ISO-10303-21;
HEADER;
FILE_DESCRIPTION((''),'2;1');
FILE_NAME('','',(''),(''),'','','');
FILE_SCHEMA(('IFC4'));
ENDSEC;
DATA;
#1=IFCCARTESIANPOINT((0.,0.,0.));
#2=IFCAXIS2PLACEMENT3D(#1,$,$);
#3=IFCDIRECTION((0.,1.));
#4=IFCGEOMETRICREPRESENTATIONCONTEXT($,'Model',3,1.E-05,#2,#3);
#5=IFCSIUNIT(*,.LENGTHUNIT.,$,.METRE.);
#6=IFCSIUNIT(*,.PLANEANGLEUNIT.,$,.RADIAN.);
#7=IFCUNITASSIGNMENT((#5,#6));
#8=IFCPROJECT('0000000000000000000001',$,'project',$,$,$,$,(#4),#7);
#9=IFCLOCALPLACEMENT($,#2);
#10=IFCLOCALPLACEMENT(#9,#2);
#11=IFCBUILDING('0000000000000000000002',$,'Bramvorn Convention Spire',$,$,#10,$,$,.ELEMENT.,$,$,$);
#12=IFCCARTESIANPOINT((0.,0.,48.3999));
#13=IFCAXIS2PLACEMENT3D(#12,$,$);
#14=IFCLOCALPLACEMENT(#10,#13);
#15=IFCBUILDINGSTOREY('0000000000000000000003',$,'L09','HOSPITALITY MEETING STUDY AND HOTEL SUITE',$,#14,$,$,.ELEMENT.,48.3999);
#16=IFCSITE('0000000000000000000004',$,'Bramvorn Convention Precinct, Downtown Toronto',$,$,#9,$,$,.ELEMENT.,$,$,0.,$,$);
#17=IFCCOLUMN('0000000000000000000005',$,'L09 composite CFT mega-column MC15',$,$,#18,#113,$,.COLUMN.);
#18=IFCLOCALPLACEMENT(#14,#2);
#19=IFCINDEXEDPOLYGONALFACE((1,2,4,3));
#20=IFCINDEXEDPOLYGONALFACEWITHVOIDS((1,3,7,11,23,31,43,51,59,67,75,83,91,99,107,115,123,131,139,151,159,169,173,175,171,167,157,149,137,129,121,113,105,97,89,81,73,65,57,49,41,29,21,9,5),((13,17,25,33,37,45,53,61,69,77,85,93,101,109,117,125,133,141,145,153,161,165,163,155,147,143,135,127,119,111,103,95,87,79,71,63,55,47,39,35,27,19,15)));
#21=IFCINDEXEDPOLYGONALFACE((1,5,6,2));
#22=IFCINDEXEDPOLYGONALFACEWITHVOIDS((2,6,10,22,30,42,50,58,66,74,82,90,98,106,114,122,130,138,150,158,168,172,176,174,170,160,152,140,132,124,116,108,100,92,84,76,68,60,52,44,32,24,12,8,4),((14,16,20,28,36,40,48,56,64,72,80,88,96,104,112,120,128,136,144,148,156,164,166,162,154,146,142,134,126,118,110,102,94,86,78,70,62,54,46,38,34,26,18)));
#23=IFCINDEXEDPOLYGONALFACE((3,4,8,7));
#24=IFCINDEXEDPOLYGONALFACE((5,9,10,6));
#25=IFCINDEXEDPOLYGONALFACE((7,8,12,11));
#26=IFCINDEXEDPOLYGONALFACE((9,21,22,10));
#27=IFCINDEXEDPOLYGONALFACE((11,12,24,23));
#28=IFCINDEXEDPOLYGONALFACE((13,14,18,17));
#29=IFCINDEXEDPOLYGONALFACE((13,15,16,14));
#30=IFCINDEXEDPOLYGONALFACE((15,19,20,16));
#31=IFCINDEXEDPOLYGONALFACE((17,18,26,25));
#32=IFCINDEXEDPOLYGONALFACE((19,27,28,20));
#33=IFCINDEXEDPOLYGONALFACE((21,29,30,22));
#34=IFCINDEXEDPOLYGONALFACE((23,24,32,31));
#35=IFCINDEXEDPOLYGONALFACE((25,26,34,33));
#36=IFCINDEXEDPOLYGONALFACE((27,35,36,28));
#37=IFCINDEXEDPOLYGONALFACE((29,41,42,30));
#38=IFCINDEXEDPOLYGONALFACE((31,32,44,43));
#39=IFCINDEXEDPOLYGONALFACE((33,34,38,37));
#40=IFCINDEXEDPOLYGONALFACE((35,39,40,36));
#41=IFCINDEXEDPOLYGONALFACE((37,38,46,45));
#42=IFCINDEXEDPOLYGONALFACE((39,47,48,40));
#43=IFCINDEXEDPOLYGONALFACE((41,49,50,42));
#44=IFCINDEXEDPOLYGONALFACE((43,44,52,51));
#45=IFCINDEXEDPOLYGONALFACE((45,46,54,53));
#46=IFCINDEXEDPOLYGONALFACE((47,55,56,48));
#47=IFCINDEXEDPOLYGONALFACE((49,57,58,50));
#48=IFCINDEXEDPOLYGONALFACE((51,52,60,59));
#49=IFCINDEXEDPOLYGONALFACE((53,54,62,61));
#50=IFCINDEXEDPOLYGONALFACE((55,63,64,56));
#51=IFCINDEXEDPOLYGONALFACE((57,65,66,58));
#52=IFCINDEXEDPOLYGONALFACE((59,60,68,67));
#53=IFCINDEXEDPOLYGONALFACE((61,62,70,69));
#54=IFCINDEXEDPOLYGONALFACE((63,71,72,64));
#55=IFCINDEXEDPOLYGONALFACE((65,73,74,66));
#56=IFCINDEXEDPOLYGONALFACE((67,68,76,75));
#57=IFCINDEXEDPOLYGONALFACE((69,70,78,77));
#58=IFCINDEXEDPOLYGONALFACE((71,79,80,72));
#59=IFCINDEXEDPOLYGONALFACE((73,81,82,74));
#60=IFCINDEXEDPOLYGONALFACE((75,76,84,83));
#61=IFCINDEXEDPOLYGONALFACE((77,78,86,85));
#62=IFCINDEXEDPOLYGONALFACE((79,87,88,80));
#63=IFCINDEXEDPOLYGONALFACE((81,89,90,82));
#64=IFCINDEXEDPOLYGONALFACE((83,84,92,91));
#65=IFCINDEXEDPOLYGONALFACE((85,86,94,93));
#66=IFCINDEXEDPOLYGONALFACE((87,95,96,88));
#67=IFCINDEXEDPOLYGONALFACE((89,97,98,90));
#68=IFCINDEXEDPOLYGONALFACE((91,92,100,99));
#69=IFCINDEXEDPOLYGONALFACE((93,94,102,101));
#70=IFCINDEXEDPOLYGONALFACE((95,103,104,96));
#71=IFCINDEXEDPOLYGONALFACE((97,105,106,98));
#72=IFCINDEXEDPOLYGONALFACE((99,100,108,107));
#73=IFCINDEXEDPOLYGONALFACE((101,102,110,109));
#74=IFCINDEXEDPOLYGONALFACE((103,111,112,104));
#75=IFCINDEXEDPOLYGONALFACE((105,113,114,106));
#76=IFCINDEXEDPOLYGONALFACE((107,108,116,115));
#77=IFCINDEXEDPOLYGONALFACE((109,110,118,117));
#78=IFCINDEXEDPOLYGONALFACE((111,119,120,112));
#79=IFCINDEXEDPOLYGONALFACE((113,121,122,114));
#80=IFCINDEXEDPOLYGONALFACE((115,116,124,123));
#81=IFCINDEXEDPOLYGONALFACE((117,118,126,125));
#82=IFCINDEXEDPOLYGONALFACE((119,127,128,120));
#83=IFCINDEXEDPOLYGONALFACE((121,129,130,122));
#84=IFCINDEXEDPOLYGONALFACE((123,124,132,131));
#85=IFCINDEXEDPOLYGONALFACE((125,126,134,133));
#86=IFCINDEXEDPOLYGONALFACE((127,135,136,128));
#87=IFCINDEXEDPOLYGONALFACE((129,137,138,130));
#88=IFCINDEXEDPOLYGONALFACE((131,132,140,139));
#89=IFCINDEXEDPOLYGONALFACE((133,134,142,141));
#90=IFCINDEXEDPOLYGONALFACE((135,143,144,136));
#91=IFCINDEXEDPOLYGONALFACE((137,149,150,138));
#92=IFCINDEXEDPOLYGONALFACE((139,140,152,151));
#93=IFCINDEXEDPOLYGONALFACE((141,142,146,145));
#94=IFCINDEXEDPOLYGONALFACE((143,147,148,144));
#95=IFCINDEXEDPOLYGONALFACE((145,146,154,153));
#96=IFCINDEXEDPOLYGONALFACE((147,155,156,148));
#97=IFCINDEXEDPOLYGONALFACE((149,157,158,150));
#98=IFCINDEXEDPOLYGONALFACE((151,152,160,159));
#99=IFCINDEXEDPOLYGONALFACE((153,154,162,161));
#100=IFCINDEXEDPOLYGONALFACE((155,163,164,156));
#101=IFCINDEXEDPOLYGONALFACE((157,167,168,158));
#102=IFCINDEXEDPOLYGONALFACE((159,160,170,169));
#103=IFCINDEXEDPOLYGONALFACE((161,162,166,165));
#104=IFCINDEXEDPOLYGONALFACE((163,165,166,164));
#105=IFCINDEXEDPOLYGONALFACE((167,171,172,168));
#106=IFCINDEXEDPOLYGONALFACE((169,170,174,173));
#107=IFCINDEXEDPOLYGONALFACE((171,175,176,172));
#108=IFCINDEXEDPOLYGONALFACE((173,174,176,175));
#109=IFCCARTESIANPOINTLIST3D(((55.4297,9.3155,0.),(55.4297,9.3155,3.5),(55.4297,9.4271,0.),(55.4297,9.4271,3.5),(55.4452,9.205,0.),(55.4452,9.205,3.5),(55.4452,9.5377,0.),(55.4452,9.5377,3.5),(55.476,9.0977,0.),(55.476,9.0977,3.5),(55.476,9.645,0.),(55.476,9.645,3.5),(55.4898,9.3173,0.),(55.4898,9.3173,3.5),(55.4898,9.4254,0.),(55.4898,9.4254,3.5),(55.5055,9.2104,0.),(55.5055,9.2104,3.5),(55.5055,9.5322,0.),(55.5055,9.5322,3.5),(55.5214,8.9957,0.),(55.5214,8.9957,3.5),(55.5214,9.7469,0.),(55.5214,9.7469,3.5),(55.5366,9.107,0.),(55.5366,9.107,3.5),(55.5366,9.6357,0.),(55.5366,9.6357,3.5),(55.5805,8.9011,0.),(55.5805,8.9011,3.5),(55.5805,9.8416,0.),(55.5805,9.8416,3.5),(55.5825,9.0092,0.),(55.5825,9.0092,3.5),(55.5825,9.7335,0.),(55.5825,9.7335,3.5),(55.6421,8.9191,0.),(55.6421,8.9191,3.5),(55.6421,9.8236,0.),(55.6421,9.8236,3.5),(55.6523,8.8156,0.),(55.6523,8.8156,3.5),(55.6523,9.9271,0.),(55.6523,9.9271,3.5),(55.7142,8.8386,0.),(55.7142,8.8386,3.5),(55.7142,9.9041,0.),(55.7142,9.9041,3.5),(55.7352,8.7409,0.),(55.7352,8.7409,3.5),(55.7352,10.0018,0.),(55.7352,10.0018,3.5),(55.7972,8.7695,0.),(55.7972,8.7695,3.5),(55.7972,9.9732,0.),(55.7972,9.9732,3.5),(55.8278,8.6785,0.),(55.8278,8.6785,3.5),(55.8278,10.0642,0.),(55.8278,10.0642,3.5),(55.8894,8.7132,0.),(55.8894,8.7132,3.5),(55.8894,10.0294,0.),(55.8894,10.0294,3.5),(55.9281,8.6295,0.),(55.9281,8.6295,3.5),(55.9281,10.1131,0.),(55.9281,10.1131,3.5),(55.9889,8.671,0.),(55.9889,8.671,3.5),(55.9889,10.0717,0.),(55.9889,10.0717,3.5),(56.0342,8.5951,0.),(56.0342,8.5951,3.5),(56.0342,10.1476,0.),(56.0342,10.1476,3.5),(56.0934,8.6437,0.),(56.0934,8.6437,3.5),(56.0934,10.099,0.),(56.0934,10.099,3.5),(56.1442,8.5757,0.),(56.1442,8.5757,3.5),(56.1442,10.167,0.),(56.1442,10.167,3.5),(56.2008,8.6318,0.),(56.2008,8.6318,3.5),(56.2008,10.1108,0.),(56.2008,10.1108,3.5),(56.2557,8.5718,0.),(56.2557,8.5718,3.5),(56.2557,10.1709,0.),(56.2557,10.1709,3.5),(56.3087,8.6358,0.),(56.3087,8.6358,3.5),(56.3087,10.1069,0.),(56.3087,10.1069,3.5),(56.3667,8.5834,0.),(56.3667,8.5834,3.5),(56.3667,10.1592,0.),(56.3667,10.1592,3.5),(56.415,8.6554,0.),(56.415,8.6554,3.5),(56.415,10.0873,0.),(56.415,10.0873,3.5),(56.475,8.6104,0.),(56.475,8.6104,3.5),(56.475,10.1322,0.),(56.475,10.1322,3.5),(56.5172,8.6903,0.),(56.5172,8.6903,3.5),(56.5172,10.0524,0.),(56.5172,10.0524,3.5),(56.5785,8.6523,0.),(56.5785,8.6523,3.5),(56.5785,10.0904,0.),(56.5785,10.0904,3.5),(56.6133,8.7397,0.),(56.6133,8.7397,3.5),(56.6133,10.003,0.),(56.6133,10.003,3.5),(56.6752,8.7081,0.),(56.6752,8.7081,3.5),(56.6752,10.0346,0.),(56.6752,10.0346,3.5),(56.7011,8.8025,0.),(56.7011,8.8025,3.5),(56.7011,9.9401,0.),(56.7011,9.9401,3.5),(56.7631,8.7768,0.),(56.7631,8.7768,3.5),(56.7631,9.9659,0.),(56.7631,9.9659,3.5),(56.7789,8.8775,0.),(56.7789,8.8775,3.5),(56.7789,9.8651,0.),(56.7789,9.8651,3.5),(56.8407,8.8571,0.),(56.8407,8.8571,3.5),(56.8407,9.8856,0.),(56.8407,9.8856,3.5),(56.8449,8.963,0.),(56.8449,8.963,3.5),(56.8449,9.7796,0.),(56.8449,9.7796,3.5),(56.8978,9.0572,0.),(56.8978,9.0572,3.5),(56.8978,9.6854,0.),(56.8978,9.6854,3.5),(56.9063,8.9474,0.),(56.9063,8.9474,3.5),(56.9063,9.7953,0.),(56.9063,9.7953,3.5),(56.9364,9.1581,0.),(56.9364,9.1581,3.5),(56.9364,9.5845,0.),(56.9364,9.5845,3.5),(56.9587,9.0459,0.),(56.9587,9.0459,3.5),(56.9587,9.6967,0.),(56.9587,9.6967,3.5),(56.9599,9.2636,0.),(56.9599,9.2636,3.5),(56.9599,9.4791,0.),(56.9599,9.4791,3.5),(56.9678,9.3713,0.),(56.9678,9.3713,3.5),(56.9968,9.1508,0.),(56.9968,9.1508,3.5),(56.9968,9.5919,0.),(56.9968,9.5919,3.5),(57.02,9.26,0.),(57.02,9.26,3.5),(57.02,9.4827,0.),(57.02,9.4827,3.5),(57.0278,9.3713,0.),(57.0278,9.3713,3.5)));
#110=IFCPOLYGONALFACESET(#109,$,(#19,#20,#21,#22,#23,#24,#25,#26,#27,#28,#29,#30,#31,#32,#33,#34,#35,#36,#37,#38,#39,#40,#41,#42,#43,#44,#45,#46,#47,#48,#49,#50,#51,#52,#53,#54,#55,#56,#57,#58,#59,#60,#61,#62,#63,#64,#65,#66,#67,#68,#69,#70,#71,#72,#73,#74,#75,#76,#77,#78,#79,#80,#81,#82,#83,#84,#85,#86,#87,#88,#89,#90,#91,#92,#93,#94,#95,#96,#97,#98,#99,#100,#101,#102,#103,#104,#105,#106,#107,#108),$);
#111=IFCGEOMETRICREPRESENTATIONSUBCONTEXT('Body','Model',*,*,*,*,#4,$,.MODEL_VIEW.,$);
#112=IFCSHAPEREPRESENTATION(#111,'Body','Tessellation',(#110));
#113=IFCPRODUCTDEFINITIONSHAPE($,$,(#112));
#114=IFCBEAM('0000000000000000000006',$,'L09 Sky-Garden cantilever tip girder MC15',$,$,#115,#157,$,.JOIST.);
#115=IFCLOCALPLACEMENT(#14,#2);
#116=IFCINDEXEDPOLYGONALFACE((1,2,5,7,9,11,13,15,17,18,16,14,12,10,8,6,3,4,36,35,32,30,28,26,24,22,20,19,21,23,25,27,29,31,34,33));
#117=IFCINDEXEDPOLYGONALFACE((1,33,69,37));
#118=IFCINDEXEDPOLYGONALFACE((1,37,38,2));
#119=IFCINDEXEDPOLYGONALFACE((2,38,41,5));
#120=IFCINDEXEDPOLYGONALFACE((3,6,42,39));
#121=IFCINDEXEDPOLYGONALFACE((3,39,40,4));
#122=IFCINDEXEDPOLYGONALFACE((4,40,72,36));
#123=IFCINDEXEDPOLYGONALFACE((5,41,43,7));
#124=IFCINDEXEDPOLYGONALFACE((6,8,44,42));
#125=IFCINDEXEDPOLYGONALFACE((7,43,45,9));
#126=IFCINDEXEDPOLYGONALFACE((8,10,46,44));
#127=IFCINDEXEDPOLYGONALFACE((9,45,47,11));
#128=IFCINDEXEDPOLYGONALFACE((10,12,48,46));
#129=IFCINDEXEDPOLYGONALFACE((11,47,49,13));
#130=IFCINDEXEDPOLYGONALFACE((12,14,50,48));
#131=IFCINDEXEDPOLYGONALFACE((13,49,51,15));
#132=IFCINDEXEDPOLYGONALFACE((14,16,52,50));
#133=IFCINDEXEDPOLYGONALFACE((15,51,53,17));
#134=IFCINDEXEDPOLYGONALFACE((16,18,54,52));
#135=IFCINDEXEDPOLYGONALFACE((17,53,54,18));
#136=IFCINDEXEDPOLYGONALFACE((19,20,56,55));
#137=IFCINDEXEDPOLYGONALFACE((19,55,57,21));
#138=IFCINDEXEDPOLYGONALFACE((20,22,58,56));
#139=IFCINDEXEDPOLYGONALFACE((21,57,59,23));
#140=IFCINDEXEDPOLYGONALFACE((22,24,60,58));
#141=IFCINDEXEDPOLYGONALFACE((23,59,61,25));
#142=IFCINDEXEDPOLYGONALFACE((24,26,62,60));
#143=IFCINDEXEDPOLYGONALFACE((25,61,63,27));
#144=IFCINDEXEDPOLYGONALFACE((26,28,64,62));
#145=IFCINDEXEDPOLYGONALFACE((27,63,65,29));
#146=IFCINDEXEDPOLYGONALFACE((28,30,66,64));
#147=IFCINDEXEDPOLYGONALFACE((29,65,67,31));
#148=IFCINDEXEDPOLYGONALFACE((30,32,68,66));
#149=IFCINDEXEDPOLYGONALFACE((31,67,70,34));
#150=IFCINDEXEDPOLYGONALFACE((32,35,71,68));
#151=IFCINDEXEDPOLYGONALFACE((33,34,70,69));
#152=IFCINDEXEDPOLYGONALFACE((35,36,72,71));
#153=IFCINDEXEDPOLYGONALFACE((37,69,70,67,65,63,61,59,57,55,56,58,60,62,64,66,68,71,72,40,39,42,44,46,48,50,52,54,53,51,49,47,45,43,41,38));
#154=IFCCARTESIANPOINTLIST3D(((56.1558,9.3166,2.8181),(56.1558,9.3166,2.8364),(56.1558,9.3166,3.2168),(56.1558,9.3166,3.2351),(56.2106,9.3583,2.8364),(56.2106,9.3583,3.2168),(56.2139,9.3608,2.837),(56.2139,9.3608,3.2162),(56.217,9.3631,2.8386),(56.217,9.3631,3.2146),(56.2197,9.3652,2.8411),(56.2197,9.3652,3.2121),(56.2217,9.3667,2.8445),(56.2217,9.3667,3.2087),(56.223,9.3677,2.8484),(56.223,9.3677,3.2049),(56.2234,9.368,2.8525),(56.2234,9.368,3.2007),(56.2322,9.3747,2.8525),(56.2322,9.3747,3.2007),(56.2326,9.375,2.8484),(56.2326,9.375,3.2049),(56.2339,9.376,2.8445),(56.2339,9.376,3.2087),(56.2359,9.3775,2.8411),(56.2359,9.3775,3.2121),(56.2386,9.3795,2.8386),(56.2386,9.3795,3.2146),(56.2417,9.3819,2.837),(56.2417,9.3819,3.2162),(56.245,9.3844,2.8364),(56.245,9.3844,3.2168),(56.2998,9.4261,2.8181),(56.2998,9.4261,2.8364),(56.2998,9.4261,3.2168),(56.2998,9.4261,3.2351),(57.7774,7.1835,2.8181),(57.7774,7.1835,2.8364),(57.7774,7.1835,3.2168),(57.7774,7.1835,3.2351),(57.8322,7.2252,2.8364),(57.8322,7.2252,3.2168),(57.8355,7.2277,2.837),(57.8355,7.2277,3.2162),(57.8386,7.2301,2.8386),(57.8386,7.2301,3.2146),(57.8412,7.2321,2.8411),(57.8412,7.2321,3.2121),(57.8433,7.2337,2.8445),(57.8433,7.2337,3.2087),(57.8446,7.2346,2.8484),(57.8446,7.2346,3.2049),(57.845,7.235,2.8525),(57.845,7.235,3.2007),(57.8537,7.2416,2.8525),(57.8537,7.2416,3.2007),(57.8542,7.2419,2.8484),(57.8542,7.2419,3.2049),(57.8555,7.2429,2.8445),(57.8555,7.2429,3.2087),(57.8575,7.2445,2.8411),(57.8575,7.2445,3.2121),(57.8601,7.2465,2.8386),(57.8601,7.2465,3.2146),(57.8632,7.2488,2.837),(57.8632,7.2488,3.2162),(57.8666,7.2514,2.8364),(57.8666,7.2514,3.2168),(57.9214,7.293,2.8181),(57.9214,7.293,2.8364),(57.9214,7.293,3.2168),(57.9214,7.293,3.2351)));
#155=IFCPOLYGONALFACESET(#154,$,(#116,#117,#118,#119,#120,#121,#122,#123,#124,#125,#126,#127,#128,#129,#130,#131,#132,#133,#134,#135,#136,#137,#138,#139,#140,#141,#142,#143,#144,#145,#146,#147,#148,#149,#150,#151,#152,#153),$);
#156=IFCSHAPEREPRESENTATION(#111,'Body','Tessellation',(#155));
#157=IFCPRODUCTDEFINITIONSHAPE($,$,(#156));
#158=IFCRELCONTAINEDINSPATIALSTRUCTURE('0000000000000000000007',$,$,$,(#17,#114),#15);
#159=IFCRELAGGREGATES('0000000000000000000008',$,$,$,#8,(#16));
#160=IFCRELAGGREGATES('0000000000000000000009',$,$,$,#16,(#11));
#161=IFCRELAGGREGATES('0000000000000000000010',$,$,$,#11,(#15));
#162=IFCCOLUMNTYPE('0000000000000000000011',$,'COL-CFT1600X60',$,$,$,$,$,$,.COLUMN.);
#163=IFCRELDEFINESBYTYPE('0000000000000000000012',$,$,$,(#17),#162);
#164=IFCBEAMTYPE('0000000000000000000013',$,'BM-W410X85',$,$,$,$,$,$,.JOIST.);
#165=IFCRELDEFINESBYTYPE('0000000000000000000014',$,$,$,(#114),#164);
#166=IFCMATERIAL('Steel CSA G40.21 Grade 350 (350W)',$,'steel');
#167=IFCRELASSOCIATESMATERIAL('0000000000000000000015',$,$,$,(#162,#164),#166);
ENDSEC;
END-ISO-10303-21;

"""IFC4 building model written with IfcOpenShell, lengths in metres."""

from ifc_helpers import new_model, si_unit, direction, frame, origin, origin_2d, place, context, subcontext, project, spatial, hollow_circle, i_section, extrude, material, material_profile, profile_set, type_object, element, save


model = new_model("IFC4")

# Units and contexts
model_context = context("Model", 3, precision=1e-05, world=origin(), true_north=direction((0.0, 1.0)))
body_context = subcontext(model_context, "Body", "Model", "MODEL_VIEW")
ifc_project = project(units=[si_unit("LENGTHUNIT", "METRE"), si_unit("PLANEANGLEUNIT", "RADIAN")], contexts=[model_context])

# Site, building, storey
site_placement = place(None, origin())
site = spatial("IfcSite", under=ifc_project, at=site_placement, Name="Bramvorn Convention Precinct, Downtown Toronto", CompositionType="ELEMENT", RefElevation=0.0)
building_placement = place(site_placement, origin())
building = spatial("IfcBuilding", under=site, at=building_placement, Name="Bramvorn Convention Spire", CompositionType="ELEMENT")
storey_placement = place(building_placement, frame((0.0, 0.0, 48.3999)))
storey = spatial("IfcBuildingStorey", under=building, at=storey_placement, Name="L09", Description="HOSPITALITY MEETING STUDY AND HOTEL SUITE", CompositionType="ELEMENT", Elevation=48.3999)

# Column
ifc_material_1 = material(Name="Steel CSA G40.21 Grade 350 (350W)", Category="steel")
ifc_material_profile_1 = material_profile(ifc_material_1, hollow_circle(Radius=0.8, WallThickness=0.0601, at=origin_2d()))
ifc_profile_set_1 = profile_set([ifc_material_profile_1], Name="Steel CSA G40.21 Grade 350 (350W) - CFT1600X60")
column_type = type_object("IfcColumnType", Name="COL-CFT1600X60", PredefinedType="COLUMN", material=ifc_profile_set_1)
column_placement = place(storey_placement, frame((56.2278, 9.3713, 0.0), z_axis=(0.0, 0.0, 1.0), x_axis=(1.0, 0.0, 0.0)))
element("IfcColumn", 1, at=column_placement, inside=storey, type_object=column_type, Name="L09 composite CFT mega-column MC15", PredefinedType="COLUMN", context=body_context, shape_type="SweptSolid", body=[
    extrude(hollow_circle(Radius=0.8, WallThickness=0.0601, at=origin_2d()), origin(), (0.0, 0.0, 1.0), 3.5),
])

# Beam
ifc_material_profile_2 = material_profile(ifc_material_1, i_section(OverallWidth=0.1809, OverallDepth=0.417, WebThickness=0.011, FlangeThickness=0.0183, FilletRadius=0.0161, at=origin_2d()))
ifc_profile_set_2 = profile_set([ifc_material_profile_2], Name="Steel CSA G40.21 Grade 350 (350W) - W410X85")
beam_type_1 = type_object("IfcBeamType", Name="BM-W410X85", PredefinedType="JOIST", material=ifc_profile_set_2)
beam_1_placement = place(storey_placement, frame((56.2278, 9.3713, 3.0266), z_axis=(0.605192, -0.79608, 0.0), x_axis=(0.79608, 0.605192, 0.0)))
element("IfcBeam", 2, at=beam_1_placement, inside=storey, type_object=beam_type_1, Name="L09 Sky-Garden cantilever tip girder MC15", PredefinedType="JOIST", context=body_context, shape_type="SweptSolid", body=[
    extrude(i_section(OverallWidth=0.1809, OverallDepth=0.417, WebThickness=0.011, FlangeThickness=0.0183, FilletRadius=0.0161, at=origin_2d()), origin(), (0.0, 0.0, 1.0), 2.6794),
])

save(model, "model.ifc")
